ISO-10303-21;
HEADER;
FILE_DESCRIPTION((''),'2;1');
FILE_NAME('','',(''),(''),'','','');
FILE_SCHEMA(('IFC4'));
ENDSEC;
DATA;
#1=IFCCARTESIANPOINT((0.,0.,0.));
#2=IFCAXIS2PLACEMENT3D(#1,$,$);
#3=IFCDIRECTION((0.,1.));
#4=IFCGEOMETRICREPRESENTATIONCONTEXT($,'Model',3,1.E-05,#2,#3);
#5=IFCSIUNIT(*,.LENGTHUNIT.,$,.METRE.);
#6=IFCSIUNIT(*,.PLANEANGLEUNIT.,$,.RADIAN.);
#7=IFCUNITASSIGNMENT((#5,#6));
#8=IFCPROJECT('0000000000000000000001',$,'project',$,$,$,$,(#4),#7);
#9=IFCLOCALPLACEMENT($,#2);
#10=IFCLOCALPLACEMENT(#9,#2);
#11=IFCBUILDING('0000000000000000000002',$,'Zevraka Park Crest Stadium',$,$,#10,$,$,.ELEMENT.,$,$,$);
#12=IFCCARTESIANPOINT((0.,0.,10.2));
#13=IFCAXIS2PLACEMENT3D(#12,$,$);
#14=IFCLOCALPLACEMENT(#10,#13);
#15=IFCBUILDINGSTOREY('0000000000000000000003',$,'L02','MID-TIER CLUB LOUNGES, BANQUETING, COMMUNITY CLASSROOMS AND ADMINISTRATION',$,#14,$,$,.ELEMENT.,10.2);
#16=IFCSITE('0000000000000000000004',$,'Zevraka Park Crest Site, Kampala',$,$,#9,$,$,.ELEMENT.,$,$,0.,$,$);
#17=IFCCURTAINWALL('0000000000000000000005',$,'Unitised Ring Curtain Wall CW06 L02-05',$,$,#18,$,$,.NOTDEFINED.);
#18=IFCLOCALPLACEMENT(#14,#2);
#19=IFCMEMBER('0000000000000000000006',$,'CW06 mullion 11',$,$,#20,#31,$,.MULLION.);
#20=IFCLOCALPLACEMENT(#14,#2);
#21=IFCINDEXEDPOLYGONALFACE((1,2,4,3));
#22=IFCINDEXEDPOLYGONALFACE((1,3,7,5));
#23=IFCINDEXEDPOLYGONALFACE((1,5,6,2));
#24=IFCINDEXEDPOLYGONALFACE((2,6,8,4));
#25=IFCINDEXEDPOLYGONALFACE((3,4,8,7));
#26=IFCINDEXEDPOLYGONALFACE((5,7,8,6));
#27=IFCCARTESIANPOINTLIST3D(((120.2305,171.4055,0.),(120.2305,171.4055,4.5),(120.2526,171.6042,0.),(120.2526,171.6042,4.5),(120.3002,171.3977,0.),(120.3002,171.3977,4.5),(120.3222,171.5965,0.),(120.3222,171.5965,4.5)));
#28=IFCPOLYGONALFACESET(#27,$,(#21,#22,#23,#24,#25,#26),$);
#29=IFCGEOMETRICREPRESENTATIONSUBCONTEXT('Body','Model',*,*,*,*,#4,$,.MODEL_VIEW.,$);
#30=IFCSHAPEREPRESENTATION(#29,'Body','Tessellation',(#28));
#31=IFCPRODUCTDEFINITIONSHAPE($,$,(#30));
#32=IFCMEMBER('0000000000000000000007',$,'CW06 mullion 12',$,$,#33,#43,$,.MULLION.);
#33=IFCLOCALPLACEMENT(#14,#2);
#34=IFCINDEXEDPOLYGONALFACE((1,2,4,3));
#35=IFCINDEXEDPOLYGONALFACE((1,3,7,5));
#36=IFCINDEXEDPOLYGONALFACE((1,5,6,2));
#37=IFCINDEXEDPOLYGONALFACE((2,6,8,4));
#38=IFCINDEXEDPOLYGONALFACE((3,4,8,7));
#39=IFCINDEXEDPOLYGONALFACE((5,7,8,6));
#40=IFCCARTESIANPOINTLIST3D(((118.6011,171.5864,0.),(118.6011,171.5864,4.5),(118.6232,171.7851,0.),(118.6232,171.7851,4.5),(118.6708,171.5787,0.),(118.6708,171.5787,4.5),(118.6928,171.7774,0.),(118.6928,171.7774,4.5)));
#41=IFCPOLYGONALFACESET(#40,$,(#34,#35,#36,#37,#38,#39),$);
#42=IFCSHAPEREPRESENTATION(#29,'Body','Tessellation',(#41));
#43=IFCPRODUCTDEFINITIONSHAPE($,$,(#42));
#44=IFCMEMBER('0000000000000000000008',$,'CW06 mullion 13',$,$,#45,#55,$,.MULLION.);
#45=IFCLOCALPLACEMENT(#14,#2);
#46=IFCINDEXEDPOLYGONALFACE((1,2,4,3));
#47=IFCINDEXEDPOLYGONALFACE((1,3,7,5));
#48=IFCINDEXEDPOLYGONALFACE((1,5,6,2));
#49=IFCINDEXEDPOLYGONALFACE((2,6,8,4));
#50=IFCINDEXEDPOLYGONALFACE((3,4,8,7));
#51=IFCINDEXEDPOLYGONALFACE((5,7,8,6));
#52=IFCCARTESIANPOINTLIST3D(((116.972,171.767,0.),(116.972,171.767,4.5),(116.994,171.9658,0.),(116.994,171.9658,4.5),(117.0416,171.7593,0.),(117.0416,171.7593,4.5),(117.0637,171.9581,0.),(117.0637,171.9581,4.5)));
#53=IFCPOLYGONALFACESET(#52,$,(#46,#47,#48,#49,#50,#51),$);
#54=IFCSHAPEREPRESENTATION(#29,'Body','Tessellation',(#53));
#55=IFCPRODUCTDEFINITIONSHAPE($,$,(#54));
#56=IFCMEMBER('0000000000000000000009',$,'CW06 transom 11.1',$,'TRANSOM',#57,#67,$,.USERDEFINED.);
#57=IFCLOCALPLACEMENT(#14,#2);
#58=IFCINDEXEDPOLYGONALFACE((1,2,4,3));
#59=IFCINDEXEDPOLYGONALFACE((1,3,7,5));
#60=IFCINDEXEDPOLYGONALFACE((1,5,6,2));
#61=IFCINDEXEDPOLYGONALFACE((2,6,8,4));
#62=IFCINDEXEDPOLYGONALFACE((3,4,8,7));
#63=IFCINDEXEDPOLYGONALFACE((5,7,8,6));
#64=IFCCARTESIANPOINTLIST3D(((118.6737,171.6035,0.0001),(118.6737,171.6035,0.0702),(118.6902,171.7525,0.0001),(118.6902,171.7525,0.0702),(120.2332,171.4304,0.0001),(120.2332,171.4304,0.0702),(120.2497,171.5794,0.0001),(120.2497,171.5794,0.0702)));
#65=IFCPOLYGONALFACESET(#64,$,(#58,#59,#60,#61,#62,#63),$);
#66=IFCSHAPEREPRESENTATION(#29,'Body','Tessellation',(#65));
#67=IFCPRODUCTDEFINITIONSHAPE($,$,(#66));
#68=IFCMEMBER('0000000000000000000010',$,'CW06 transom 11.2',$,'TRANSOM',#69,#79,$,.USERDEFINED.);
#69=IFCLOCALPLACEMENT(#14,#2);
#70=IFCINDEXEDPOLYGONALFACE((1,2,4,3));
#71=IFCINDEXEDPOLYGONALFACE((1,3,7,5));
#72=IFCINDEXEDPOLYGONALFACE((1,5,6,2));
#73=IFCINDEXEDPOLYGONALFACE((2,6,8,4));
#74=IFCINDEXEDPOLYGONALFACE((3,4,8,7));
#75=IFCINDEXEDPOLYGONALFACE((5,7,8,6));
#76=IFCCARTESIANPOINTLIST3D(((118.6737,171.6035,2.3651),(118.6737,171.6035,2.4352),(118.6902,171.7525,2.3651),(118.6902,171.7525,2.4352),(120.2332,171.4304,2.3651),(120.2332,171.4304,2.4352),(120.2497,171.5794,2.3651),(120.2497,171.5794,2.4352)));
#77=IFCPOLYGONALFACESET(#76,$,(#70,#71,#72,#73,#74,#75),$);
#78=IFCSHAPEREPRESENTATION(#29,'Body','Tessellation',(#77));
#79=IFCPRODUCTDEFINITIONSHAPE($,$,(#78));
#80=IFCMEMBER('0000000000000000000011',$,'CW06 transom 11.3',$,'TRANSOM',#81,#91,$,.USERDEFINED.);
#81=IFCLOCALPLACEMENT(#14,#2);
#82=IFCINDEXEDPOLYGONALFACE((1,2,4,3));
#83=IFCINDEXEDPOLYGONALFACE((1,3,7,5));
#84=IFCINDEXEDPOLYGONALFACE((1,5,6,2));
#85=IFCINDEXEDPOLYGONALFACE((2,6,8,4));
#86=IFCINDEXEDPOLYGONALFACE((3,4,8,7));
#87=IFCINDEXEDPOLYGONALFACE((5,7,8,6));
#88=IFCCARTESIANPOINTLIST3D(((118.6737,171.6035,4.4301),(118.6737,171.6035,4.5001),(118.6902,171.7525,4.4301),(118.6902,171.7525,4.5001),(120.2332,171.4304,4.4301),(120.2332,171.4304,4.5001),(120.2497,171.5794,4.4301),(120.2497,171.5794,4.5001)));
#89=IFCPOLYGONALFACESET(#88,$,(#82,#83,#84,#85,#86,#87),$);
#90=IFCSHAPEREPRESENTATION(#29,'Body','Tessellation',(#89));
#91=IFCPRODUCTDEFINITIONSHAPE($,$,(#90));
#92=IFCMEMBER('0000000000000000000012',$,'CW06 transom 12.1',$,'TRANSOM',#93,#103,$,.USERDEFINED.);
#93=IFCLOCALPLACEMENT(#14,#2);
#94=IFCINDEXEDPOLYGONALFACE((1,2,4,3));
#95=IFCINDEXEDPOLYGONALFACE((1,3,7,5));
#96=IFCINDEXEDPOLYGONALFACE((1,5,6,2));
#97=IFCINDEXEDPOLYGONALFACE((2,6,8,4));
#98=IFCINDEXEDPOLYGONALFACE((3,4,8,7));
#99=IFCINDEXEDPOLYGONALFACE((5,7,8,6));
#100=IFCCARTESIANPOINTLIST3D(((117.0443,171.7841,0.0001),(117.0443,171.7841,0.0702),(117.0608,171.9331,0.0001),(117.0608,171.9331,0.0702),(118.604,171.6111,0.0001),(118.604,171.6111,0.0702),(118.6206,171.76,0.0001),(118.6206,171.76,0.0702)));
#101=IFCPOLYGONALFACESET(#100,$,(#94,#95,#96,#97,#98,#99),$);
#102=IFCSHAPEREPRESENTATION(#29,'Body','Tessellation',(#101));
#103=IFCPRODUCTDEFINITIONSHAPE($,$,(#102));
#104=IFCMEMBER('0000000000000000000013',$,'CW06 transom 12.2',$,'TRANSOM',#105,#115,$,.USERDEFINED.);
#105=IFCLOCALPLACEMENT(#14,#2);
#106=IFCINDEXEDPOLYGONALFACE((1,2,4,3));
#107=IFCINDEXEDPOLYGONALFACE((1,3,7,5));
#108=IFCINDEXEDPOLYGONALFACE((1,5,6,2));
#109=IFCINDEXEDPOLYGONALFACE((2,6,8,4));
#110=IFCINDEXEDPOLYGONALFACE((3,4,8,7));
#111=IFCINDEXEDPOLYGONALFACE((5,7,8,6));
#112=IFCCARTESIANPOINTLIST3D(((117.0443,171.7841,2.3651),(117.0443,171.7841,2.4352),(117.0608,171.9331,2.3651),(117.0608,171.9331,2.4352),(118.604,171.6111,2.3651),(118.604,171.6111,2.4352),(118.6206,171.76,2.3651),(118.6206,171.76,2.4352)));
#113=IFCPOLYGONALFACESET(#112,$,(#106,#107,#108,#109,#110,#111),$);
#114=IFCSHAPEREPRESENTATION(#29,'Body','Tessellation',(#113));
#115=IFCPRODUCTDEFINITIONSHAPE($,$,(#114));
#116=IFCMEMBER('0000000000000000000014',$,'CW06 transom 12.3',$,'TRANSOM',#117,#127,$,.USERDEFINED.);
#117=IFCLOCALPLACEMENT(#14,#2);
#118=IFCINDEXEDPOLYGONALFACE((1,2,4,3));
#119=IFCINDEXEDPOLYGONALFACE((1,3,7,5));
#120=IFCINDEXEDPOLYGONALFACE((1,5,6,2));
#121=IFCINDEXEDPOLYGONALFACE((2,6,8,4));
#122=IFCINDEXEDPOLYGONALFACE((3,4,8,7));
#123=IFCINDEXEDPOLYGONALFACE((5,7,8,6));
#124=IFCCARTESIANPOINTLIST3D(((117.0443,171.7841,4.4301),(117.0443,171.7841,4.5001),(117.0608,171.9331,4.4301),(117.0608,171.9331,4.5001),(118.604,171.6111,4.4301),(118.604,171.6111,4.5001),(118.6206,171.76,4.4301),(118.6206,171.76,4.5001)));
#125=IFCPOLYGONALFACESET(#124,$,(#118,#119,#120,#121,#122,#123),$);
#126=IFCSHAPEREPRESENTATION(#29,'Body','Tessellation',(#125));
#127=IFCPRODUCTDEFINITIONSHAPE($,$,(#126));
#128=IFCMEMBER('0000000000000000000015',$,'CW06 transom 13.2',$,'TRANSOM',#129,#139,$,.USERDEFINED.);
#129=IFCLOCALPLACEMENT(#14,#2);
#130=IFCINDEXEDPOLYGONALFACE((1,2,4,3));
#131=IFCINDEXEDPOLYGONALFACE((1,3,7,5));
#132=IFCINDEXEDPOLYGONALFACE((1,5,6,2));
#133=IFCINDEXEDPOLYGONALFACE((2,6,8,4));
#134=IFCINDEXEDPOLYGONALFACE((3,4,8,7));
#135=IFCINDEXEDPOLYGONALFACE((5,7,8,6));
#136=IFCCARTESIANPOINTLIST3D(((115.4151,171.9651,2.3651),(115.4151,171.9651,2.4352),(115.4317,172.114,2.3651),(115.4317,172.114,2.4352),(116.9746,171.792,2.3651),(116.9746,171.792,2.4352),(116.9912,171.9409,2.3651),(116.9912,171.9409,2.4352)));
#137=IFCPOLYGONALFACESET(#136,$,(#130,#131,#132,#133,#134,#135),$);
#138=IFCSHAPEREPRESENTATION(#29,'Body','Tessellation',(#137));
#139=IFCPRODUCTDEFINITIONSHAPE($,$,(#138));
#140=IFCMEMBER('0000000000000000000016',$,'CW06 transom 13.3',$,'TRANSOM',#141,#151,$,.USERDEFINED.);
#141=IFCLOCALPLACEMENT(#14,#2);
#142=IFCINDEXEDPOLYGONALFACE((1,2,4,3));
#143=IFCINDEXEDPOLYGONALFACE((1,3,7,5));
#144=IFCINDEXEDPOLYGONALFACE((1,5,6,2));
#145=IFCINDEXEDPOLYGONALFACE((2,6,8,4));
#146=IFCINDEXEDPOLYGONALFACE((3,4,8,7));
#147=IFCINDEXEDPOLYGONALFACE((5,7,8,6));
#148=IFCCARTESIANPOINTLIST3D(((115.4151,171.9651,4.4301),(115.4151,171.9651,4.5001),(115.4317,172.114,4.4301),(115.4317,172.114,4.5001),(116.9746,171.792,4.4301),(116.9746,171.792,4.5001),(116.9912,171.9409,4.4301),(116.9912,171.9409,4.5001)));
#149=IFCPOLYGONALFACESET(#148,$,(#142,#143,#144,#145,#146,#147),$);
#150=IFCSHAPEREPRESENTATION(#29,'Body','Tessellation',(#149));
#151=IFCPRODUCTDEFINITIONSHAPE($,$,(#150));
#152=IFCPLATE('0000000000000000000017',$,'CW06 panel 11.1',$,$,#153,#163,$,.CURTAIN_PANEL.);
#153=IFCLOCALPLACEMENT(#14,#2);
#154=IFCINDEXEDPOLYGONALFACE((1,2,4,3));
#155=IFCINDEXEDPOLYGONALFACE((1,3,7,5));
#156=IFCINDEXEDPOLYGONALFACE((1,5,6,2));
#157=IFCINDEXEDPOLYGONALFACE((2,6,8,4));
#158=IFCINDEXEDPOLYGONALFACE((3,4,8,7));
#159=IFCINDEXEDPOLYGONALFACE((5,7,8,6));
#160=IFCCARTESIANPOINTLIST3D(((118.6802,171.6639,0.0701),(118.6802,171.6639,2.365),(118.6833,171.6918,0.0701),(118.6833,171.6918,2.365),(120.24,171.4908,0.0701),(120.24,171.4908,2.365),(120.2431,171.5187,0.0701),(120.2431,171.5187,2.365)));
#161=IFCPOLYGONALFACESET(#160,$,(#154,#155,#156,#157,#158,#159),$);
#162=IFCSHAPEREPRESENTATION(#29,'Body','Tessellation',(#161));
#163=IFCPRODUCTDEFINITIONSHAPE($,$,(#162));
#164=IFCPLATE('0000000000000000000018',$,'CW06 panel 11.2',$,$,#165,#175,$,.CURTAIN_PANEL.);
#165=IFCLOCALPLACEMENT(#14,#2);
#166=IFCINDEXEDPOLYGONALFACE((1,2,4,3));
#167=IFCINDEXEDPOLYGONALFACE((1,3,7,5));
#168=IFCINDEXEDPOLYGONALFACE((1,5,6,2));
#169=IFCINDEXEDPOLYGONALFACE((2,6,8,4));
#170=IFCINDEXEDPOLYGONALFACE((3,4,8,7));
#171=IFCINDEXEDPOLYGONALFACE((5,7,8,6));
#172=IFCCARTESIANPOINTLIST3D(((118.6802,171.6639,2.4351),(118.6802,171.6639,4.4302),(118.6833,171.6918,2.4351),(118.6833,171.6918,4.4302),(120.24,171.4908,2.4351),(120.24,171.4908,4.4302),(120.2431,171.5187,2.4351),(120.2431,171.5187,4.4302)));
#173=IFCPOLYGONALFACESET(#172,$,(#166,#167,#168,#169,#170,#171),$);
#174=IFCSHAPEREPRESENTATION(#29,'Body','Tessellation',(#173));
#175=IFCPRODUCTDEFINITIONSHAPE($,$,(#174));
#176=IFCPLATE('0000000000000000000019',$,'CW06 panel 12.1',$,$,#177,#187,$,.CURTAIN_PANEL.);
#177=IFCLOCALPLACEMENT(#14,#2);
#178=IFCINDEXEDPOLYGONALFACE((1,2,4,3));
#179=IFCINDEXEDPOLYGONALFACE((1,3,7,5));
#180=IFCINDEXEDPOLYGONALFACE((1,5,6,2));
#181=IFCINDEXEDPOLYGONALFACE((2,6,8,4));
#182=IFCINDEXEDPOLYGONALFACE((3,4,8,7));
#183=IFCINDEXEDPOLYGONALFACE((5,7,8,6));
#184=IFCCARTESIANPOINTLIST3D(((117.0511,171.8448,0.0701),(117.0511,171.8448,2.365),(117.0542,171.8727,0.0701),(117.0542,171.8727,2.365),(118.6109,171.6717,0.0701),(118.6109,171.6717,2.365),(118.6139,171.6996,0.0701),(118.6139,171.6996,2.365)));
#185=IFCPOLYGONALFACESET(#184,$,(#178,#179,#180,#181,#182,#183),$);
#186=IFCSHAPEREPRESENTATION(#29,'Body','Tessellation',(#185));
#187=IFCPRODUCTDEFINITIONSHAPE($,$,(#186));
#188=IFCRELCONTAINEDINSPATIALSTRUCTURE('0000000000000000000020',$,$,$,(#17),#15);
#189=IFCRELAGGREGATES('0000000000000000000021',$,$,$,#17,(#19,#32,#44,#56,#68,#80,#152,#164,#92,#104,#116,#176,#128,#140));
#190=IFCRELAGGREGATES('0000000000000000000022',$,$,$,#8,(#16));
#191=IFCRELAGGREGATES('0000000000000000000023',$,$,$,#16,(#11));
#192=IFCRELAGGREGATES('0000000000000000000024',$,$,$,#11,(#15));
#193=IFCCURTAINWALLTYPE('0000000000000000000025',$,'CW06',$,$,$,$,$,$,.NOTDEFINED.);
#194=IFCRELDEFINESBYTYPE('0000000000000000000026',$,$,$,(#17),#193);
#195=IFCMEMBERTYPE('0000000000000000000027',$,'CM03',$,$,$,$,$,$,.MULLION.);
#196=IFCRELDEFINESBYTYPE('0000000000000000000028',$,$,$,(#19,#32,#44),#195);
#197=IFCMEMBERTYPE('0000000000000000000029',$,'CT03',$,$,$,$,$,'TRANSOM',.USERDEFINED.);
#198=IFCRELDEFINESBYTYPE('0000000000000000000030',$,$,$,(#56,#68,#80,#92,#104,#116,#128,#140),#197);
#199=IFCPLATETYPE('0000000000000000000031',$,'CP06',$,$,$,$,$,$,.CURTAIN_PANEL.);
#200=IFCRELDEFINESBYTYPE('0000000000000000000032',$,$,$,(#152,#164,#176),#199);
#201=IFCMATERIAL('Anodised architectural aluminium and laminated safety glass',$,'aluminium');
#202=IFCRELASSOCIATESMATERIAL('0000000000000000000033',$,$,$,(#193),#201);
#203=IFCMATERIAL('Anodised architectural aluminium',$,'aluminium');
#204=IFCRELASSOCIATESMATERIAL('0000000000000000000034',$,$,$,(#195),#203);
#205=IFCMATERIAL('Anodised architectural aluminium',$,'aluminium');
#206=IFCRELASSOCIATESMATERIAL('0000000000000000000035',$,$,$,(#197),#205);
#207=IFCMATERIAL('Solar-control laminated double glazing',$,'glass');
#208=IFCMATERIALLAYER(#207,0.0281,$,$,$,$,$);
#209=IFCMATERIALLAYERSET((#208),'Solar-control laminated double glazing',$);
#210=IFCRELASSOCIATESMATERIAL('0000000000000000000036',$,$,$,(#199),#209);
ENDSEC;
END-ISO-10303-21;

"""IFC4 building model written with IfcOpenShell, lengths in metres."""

from ifc_helpers import new_model, si_unit, direction, frame, origin, origin_2d, place, context, subcontext, project, spatial, rectangle, extrude, material, layer, layer_set, material_profile, profile_set, type_object, element, aggregate, save


model = new_model("IFC4")

# Units and contexts
model_context = context("Model", 3, precision=1e-05, world=origin(), true_north=direction((0.0, 1.0)))
body_context = subcontext(model_context, "Body", "Model", "MODEL_VIEW")
ifc_project = project(units=[si_unit("LENGTHUNIT", "METRE"), si_unit("PLANEANGLEUNIT", "RADIAN")], contexts=[model_context])

# Site, building, storey
site_placement = place(None, origin())
site = spatial("IfcSite", under=ifc_project, at=site_placement, Name="Zevraka Park Crest Site, Kampala", CompositionType="ELEMENT", RefElevation=0.0)
building_placement = place(site_placement, origin())
building = spatial("IfcBuilding", under=site, at=building_placement, Name="Zevraka Park Crest Stadium", CompositionType="ELEMENT")
storey_placement = place(building_placement, frame((0.0, 0.0, 10.2)))
storey = spatial("IfcBuildingStorey", under=building, at=storey_placement, Name="L02", Description="MID-TIER CLUB LOUNGES, BANQUETING, COMMUNITY CLASSROOMS AND ADMINISTRATION", CompositionType="ELEMENT", Elevation=10.2)

# Curtain wall, members, plates
ifc_material_1 = material(Name="Anodised architectural aluminium and laminated safety glass", Category="aluminium")
curtain_wall_type = type_object("IfcCurtainWallType", Name="CW06", PredefinedType="NOTDEFINED", material=ifc_material_1)
curtain_wall_placement = place(storey_placement, origin())
curtain_wall = element("IfcCurtainWall", 1, at=curtain_wall_placement, inside=storey, type_object=curtain_wall_type, Name="Unitised Ring Curtain Wall CW06 L02-05", PredefinedType="NOTDEFINED")
ifc_material_2 = material(Name="Anodised architectural aluminium", Category="aluminium")
ifc_material_profile_1 = material_profile(ifc_material_2, rectangle(XDim=0.2, YDim=0.0701, at=origin_2d()), Name="ALU MULLION 200x70")
ifc_profile_set_1 = profile_set([ifc_material_profile_1], Name="Anodised architectural aluminium")
member_type_1 = type_object("IfcMemberType", Name="CM03", PredefinedType="MULLION", material=ifc_profile_set_1)
member_1_placement = place(storey_placement, frame((120.2764, 171.501, 0.0), z_axis=(0.0, 0.0, 1.0), x_axis=(-0.110293, -0.993899, 0.0)))
member_1 = element("IfcMember", 2, at=member_1_placement, type_object=member_type_1, Name="CW06 mullion 11", PredefinedType="MULLION", context=body_context, shape_type="SweptSolid", body=[
    extrude(rectangle(XDim=0.2, YDim=0.0701, at=origin_2d()), origin(), (0.0, 0.0, 1.0), 4.5),
])
member_2_placement = place(storey_placement, frame((118.647, 171.6819, 0.0), z_axis=(0.0, 0.0, 1.0), x_axis=(-0.110293, -0.993899, 0.0)))
member_2 = element("IfcMember", 3, at=member_2_placement, type_object=member_type_1, Name="CW06 mullion 12", PredefinedType="MULLION", context=body_context, shape_type="SweptSolid", body=[
    extrude(rectangle(XDim=0.2, YDim=0.0701, at=origin_2d()), origin(), (0.0, 0.0, 1.0), 4.5),
])
member_3_placement = place(storey_placement, frame((117.0178, 171.8625, 0.0), z_axis=(0.0, 0.0, 1.0), x_axis=(-0.110293, -0.993899, 0.0)))
member_3 = element("IfcMember", 4, at=member_3_placement, type_object=member_type_1, Name="CW06 mullion 13", PredefinedType="MULLION", context=body_context, shape_type="SweptSolid", body=[
    extrude(rectangle(XDim=0.2, YDim=0.0701, at=origin_2d()), origin(), (0.0, 0.0, 1.0), 4.5),
])
ifc_material_3 = material(Name="Anodised architectural aluminium", Category="aluminium")
ifc_material_profile_2 = material_profile(ifc_material_3, rectangle(XDim=0.1499, YDim=0.0701, at=origin_2d()), Name="ALU TRANSOM 150x70")
ifc_profile_set_2 = profile_set([ifc_material_profile_2], Name="Anodised architectural aluminium")
member_type_2 = type_object("IfcMemberType", Name="CT03", ElementType="TRANSOM", PredefinedType="USERDEFINED", material=ifc_profile_set_2)
member_4_placement = place(storey_placement, frame((120.2415, 171.5049, 0.0352), z_axis=(-0.993897, 0.110312, 0.0), x_axis=(-0.110312, -0.993897, 0.0)))
member_4 = element("IfcMember", 5, at=member_4_placement, type_object=member_type_2, Name="CW06 transom 11.1", ObjectType="TRANSOM", PredefinedType="USERDEFINED", context=body_context, shape_type="SweptSolid", body=[
    extrude(rectangle(XDim=0.1499, YDim=0.0701, at=origin_2d()), origin(), (0.0, 0.0, 1.0), 1.5691),
])
member_5_placement = place(storey_placement, frame((120.2415, 171.5049, 2.4001), z_axis=(-0.993897, 0.110312, 0.0), x_axis=(-0.110312, -0.993897, 0.0)))
member_5 = element("IfcMember", 6, at=member_5_placement, type_object=member_type_2, Name="CW06 transom 11.2", ObjectType="TRANSOM", PredefinedType="USERDEFINED", context=body_context, shape_type="SweptSolid", body=[
    extrude(rectangle(XDim=0.1499, YDim=0.0701, at=origin_2d()), origin(), (0.0, 0.0, 1.0), 1.5691),
])
member_6_placement = place(storey_placement, frame((120.2415, 171.5049, 4.4651), z_axis=(-0.993897, 0.110312, 0.0), x_axis=(-0.110312, -0.993897, 0.0)))
member_6 = element("IfcMember", 7, at=member_6_placement, type_object=member_type_2, Name="CW06 transom 11.3", ObjectType="TRANSOM", PredefinedType="USERDEFINED", context=body_context, shape_type="SweptSolid", body=[
    extrude(rectangle(XDim=0.1499, YDim=0.0701, at=origin_2d()), origin(), (0.0, 0.0, 1.0), 1.5691),
])
member_7_placement = place(storey_placement, frame((118.6123, 171.6855, 0.0352), z_axis=(-0.993899, 0.110295, 0.0), x_axis=(-0.110295, -0.993899, 0.0)))
member_7 = element("IfcMember", 8, at=member_7_placement, type_object=member_type_2, Name="CW06 transom 12.1", ObjectType="TRANSOM", PredefinedType="USERDEFINED", context=body_context, shape_type="SweptSolid", body=[
    extrude(rectangle(XDim=0.1499, YDim=0.0701, at=origin_2d()), origin(), (0.0, 0.0, 1.0), 1.5693),
])
member_8_placement = place(storey_placement, frame((118.6123, 171.6855, 2.4001), z_axis=(-0.993899, 0.110295, 0.0), x_axis=(-0.110295, -0.993899, 0.0)))
member_8 = element("IfcMember", 9, at=member_8_placement, type_object=member_type_2, Name="CW06 transom 12.2", ObjectType="TRANSOM", PredefinedType="USERDEFINED", context=body_context, shape_type="SweptSolid", body=[
    extrude(rectangle(XDim=0.1499, YDim=0.0701, at=origin_2d()), origin(), (0.0, 0.0, 1.0), 1.5693),
])
member_9_placement = place(storey_placement, frame((118.6123, 171.6855, 4.4651), z_axis=(-0.993899, 0.110295, 0.0), x_axis=(-0.110295, -0.993899, 0.0)))
member_9 = element("IfcMember", 10, at=member_9_placement, type_object=member_type_2, Name="CW06 transom 12.3", ObjectType="TRANSOM", PredefinedType="USERDEFINED", context=body_context, shape_type="SweptSolid", body=[
    extrude(rectangle(XDim=0.1499, YDim=0.0701, at=origin_2d()), origin(), (0.0, 0.0, 1.0), 1.5693),
])
member_10_placement = place(storey_placement, frame((116.9829, 171.8665, 2.4001), z_axis=(-0.993897, 0.110312, 0.0), x_axis=(-0.110312, -0.993897, 0.0)))
member_10 = element("IfcMember", 11, at=member_10_placement, type_object=member_type_2, Name="CW06 transom 13.2", ObjectType="TRANSOM", PredefinedType="USERDEFINED", context=body_context, shape_type="SweptSolid", body=[
    extrude(rectangle(XDim=0.1499, YDim=0.0701, at=origin_2d()), origin(), (0.0, 0.0, 1.0), 1.5691),
])
member_11_placement = place(storey_placement, frame((116.9829, 171.8665, 4.4651), z_axis=(-0.993897, 0.110312, 0.0), x_axis=(-0.110312, -0.993897, 0.0)))
member_11 = element("IfcMember", 12, at=member_11_placement, type_object=member_type_2, Name="CW06 transom 13.3", ObjectType="TRANSOM", PredefinedType="USERDEFINED", context=body_context, shape_type="SweptSolid", body=[
    extrude(rectangle(XDim=0.1499, YDim=0.0701, at=origin_2d()), origin(), (0.0, 0.0, 1.0), 1.5691),
])
ifc_material_4 = material(Name="Solar-control laminated double glazing", Category="glass")
ifc_layer_1 = layer(ifc_material_4, 0.0281)
ifc_layer_set_1 = layer_set([ifc_layer_1], Name="Solar-control laminated double glazing")
plate_type = type_object("IfcPlateType", Name="CP06", PredefinedType="CURTAIN_PANEL", material=ifc_layer_set_1)
plate_1_placement = place(storey_placement, frame((119.4617, 171.5913, 0.0701), z_axis=(0.0, 0.0, 1.0), x_axis=(-0.993899, 0.110293, 0.0)))
plate_1 = element("IfcPlate", 13, at=plate_1_placement, type_object=plate_type, Name="CW06 panel 11.1", PredefinedType="CURTAIN_PANEL", context=body_context, shape_type="SweptSolid", body=[
    extrude(rectangle(XDim=1.5693, YDim=0.0281, at=origin_2d()), origin(), (0.0, 0.0, 1.0), 2.2949),
])
plate_2_placement = place(storey_placement, frame((119.4617, 171.5913, 2.4351), z_axis=(0.0, 0.0, 1.0), x_axis=(-0.993899, 0.110293, 0.0)))
plate_2 = element("IfcPlate", 14, at=plate_2_placement, type_object=plate_type, Name="CW06 panel 11.2", PredefinedType="CURTAIN_PANEL", context=body_context, shape_type="SweptSolid", body=[
    extrude(rectangle(XDim=1.5693, YDim=0.0281, at=origin_2d()), origin(), (0.0, 0.0, 1.0), 1.9951),
])
plate_3_placement = place(storey_placement, frame((117.8325, 171.7722, 0.0701), z_axis=(0.0, 0.0, 1.0), x_axis=(-0.993899, 0.110293, 0.0)))
plate_3 = element("IfcPlate", 15, at=plate_3_placement, type_object=plate_type, Name="CW06 panel 12.1", PredefinedType="CURTAIN_PANEL", context=body_context, shape_type="SweptSolid", body=[
    extrude(rectangle(XDim=1.5693, YDim=0.0281, at=origin_2d()), origin(), (0.0, 0.0, 1.0), 2.2949),
])
aggregate(curtain_wall, [member_1, member_2, member_3, member_4, member_5, member_6, plate_1, plate_2, member_7, member_8, member_9, plate_3, member_10, member_11])

save(model, "model.ifc")
